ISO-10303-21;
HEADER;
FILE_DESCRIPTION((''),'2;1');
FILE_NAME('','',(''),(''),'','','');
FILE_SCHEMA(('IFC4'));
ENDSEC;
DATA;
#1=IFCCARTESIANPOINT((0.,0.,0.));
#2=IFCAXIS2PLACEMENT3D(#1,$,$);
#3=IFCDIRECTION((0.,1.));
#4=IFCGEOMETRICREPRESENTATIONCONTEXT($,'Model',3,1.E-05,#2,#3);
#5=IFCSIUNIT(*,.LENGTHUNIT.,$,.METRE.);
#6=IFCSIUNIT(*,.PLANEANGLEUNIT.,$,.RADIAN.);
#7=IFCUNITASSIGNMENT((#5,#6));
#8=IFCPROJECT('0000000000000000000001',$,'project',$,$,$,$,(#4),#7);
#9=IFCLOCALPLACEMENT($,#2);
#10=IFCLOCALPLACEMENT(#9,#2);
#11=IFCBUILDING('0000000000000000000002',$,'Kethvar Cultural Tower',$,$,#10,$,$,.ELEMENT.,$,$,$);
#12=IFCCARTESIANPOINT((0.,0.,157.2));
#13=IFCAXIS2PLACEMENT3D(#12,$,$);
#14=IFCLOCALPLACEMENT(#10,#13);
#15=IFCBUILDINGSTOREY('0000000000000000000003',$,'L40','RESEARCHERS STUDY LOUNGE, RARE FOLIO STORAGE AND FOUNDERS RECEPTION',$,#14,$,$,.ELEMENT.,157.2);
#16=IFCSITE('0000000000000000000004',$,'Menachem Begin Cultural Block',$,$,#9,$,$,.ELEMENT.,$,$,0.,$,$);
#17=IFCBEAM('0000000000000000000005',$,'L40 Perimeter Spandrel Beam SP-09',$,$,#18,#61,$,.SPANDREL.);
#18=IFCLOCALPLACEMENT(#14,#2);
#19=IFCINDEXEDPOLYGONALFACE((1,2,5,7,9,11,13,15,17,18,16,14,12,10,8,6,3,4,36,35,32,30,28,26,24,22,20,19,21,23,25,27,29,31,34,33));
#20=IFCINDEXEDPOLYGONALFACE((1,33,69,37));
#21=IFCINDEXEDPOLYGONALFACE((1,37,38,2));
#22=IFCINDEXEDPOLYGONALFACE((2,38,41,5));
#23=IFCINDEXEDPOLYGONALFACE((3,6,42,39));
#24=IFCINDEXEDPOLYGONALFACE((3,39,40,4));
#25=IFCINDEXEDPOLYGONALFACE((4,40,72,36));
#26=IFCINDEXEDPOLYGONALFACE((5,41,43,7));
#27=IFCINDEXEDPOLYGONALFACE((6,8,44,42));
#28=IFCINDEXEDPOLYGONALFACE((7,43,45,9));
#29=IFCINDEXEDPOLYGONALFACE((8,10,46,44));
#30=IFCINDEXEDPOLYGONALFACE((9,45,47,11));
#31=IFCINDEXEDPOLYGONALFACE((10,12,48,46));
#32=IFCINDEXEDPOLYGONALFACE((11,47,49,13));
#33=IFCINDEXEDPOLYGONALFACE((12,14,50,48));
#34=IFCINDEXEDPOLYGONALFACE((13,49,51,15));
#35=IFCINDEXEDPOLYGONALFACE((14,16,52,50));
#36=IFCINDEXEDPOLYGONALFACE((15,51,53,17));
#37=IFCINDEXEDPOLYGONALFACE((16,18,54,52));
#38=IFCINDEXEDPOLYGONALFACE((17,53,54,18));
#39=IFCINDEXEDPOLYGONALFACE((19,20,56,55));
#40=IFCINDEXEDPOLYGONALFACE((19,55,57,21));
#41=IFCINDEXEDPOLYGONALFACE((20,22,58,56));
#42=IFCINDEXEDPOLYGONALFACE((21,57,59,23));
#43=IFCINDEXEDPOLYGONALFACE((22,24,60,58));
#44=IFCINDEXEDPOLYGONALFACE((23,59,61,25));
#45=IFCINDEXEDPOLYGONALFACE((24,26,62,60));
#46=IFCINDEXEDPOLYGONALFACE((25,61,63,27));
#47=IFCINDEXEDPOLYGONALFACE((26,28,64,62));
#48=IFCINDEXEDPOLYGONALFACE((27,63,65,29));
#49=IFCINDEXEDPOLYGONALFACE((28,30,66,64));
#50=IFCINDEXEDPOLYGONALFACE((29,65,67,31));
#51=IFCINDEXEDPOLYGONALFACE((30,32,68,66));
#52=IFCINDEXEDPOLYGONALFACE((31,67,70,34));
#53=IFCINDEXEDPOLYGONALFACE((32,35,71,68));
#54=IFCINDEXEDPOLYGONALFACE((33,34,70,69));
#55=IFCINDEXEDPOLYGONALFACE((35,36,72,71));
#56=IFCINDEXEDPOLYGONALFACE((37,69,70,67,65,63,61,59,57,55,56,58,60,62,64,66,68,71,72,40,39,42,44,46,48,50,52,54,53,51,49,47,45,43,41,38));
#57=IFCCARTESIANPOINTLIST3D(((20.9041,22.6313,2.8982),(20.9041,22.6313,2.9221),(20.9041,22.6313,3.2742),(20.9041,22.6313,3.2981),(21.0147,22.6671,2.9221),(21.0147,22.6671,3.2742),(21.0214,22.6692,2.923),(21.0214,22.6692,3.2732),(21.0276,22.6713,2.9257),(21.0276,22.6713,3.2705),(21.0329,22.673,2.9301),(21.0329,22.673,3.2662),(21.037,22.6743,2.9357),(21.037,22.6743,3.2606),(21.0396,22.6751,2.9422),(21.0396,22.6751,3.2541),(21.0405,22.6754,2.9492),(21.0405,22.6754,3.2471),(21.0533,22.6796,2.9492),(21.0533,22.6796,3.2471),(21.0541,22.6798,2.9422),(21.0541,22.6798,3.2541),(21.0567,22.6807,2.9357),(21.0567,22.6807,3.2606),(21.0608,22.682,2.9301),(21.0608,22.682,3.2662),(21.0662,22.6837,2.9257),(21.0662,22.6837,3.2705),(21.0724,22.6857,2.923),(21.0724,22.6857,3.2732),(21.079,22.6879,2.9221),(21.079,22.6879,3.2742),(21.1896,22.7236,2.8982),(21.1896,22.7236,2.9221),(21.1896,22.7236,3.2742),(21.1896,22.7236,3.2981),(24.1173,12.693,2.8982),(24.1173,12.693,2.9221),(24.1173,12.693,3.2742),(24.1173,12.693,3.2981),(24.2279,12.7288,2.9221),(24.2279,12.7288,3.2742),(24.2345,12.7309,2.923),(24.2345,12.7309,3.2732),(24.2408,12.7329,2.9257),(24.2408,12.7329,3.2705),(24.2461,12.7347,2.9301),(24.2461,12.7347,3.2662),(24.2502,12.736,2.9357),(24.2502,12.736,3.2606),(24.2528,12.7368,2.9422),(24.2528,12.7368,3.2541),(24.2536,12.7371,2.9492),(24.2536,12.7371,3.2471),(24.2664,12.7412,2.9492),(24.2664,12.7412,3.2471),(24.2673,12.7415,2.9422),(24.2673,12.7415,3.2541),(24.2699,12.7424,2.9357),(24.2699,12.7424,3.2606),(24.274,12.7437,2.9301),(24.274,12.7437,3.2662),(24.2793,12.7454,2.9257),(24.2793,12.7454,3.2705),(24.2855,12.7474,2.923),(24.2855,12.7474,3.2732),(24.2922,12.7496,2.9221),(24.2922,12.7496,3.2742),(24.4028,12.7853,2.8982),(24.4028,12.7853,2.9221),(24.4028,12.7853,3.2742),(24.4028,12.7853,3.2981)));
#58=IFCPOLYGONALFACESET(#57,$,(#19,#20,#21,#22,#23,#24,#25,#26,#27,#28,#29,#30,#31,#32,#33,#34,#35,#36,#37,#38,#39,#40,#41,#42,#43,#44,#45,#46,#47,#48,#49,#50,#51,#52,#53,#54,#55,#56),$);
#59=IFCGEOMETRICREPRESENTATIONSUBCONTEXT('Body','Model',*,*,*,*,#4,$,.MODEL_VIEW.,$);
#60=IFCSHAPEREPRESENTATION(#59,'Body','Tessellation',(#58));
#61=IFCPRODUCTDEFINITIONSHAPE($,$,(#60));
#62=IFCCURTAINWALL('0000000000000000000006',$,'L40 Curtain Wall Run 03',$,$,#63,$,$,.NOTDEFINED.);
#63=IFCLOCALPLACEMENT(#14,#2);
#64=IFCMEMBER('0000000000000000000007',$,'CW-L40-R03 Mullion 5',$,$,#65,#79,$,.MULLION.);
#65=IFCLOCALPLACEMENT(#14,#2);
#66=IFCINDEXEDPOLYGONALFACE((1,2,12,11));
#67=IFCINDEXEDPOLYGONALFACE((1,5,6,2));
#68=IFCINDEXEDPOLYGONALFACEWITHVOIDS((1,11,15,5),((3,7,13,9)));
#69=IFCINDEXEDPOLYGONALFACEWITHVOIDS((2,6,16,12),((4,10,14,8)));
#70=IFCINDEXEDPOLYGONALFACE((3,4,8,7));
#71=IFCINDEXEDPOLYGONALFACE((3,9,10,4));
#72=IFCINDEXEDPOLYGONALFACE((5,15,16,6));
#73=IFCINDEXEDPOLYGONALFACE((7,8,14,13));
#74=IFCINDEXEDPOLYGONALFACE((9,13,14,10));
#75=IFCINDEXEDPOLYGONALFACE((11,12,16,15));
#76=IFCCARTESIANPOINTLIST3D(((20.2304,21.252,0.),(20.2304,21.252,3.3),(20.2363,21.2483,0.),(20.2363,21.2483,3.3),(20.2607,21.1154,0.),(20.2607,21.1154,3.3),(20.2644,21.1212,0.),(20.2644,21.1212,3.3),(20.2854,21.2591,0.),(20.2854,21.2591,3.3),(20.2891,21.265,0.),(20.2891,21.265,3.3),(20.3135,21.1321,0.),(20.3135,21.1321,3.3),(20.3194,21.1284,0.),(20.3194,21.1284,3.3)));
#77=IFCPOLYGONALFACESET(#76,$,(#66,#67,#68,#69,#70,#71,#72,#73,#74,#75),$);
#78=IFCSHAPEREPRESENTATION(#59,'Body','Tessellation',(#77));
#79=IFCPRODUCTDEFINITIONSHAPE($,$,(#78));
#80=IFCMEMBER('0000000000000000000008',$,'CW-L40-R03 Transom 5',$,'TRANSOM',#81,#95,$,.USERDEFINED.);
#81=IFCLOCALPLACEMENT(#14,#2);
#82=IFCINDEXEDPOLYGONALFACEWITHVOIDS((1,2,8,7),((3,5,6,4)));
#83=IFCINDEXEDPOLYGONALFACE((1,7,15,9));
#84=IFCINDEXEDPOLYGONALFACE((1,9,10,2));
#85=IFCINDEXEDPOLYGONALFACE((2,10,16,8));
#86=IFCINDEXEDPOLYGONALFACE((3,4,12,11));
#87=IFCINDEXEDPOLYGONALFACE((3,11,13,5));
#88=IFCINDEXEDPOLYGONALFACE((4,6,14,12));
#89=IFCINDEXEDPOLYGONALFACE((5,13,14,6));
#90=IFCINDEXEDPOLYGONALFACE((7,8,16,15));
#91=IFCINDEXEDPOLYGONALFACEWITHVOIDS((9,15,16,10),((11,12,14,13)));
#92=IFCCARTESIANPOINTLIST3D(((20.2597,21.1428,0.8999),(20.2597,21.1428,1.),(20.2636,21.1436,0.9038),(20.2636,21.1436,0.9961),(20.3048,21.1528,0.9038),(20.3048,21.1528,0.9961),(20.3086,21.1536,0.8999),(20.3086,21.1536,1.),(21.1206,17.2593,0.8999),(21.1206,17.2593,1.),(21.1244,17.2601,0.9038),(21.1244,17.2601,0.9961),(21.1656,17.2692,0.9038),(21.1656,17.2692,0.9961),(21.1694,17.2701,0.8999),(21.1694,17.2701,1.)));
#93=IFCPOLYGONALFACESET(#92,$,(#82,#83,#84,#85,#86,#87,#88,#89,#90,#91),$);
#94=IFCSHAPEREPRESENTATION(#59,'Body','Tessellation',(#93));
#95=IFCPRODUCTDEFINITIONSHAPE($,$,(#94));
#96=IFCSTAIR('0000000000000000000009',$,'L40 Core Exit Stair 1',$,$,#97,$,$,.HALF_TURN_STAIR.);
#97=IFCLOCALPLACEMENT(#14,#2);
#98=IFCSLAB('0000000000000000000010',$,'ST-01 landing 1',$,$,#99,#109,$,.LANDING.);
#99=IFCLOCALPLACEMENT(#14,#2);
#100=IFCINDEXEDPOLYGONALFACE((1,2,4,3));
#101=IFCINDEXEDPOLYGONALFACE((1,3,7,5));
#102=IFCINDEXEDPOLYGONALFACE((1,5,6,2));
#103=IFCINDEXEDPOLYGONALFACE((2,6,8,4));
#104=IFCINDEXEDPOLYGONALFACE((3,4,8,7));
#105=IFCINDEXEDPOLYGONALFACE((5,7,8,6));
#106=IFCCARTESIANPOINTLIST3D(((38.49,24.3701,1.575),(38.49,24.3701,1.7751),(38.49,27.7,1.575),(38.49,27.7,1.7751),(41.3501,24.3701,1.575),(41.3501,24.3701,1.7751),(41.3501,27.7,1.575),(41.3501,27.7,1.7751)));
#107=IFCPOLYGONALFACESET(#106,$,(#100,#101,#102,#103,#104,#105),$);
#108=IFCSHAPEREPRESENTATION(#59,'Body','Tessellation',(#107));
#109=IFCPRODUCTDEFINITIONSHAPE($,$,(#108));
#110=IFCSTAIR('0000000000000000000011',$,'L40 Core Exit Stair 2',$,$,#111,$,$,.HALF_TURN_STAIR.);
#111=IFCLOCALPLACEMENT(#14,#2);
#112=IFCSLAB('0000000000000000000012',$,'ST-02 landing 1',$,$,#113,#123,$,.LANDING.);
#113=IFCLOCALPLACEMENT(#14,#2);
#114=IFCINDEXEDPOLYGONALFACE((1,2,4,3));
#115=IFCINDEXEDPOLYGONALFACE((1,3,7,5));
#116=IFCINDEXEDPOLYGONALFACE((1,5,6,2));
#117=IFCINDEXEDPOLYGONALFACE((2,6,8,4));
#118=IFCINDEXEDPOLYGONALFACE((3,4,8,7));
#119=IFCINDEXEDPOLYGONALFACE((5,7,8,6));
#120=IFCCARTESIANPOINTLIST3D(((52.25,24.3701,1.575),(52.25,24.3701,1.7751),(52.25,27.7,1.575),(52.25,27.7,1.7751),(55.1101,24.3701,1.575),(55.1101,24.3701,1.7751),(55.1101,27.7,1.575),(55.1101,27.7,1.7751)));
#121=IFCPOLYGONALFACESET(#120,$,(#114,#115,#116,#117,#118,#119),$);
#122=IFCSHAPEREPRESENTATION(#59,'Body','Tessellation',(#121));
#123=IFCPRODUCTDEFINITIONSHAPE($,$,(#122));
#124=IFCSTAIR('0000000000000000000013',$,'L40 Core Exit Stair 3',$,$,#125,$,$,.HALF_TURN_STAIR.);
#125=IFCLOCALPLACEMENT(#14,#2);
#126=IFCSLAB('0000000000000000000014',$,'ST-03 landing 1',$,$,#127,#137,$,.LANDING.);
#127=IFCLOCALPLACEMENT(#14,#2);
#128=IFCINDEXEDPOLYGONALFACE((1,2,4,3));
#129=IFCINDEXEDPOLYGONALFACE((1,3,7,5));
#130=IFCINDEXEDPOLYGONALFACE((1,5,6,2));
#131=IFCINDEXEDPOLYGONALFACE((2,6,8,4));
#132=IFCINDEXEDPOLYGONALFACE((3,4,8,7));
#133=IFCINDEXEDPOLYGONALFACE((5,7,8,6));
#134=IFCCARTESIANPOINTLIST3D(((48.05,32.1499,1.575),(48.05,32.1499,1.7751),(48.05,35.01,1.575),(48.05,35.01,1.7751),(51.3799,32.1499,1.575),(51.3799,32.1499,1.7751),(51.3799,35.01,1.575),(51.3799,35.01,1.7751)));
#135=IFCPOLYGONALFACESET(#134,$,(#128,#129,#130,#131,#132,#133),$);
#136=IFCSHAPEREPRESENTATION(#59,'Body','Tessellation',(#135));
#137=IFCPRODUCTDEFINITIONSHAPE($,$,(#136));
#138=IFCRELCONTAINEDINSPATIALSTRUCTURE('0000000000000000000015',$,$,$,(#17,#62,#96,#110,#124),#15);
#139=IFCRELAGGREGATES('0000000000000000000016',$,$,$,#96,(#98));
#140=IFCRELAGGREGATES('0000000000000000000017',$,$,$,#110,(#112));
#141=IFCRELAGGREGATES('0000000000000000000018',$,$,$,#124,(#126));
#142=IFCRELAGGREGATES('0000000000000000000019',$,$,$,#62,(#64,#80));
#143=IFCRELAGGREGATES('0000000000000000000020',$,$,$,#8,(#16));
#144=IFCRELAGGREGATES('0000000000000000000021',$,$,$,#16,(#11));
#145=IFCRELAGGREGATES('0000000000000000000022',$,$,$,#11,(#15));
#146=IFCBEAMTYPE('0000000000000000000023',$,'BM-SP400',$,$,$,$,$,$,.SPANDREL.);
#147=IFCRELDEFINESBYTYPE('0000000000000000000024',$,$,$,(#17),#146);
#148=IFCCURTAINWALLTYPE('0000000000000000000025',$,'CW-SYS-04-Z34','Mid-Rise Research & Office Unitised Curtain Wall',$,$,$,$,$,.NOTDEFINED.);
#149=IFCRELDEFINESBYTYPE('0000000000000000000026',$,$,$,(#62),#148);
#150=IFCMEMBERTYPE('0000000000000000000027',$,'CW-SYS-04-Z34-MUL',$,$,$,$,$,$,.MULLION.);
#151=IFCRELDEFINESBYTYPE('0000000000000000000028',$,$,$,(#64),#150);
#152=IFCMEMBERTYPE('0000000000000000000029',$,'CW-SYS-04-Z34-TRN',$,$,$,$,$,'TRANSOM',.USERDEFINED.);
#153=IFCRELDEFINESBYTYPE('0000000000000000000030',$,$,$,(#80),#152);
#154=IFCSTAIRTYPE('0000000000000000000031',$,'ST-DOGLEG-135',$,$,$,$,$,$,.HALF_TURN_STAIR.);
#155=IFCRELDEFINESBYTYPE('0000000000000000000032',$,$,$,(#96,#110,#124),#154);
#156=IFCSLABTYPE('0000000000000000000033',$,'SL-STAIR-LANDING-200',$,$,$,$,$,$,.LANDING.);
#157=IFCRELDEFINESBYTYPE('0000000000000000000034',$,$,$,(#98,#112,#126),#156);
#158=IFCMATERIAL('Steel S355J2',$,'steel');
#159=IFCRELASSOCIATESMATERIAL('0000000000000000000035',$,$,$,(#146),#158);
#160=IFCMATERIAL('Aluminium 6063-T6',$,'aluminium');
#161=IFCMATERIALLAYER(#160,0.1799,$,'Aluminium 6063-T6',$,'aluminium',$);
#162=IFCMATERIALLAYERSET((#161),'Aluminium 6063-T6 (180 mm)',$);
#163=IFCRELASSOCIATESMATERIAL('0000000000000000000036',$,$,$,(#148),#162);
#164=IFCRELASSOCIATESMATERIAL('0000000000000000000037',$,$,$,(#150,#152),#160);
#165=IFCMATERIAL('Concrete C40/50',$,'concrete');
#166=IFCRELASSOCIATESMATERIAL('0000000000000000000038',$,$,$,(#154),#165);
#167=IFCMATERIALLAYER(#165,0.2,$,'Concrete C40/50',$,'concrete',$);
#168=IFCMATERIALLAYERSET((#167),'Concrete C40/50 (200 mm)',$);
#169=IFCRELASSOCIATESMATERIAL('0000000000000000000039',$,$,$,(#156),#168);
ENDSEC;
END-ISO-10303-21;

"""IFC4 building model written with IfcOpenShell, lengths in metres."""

from ifc_helpers import new_model, si_unit, direction, frame, origin, origin_2d, place, context, subcontext, project, spatial, polyline, hollow_rectangle, i_section, outline, extrude, source, transform, mapped, material, layer, layer_set, material_profile, profile_set, type_object, element, aggregate, save


model = new_model("IFC4")

# Units and contexts
model_context = context("Model", 3, precision=1e-05, world=origin(), true_north=direction((0.0, 1.0)))
body_context = subcontext(model_context, "Body", "Model", "MODEL_VIEW")
ifc_project = project(units=[si_unit("LENGTHUNIT", "METRE"), si_unit("PLANEANGLEUNIT", "RADIAN")], contexts=[model_context])

# Site, building, storey
site_placement = place(None, origin())
site = spatial("IfcSite", under=ifc_project, at=site_placement, Name="Menachem Begin Cultural Block", CompositionType="ELEMENT", RefElevation=0.0)
building_placement = place(site_placement, origin())
building = spatial("IfcBuilding", under=site, at=building_placement, Name="Kethvar Cultural Tower", CompositionType="ELEMENT")
storey_placement = place(building_placement, frame((0.0, 0.0, 157.2)))
storey = spatial("IfcBuildingStorey", under=building, at=storey_placement, Name="L40", Description="RESEARCHERS STUDY LOUNGE, RARE FOLIO STORAGE AND FOUNDERS RECEPTION", CompositionType="ELEMENT", Elevation=157.2)

# Beam
ifc_material_1 = material(Name="Steel S355J2", Category="steel")
ifc_material_profile_1 = material_profile(ifc_material_1, i_section(OverallWidth=0.3, OverallDepth=0.3999, WebThickness=0.0134, FlangeThickness=0.0239, FilletRadius=0.0271, at=origin_2d()), Name="Steel S355J2 — HEB400")
ifc_profile_set_1 = profile_set([ifc_material_profile_1], Name="Steel S355J2 — HEB400")
beam_type = type_object("IfcBeamType", Name="BM-SP400", PredefinedType="SPANDREL", material=ifc_profile_set_1)
shared_shape_1 = source(origin(), body_context, "Body", "SweptSolid", [
    extrude(i_section(OverallWidth=0.3, OverallDepth=0.3999, WebThickness=0.0134, FlangeThickness=0.0239, FilletRadius=0.0271, at=origin_2d()), origin(), (0.0, 0.0, 1.0), 10.4448),
])
beam_placement = place(storey_placement, frame((21.0469, 22.6775, 3.0981), z_axis=(0.307632, -0.951506, 0.0), x_axis=(0.951506, 0.307632, 0.0)))
element("IfcBeam", 1, at=beam_placement, inside=storey, type_object=beam_type, Name="L40 Perimeter Spandrel Beam SP-09", PredefinedType="SPANDREL", context=body_context, shape_type="MappedRepresentation", body=[
    mapped(shared_shape_1, transform((0.0, 0.0, 0.0), scale=1.0)),
])

# Curtain wall, members
ifc_material_2 = material(Name="Aluminium 6063-T6", Category="aluminium")
ifc_layer_1 = layer(ifc_material_2, 0.1799, Name="Aluminium 6063-T6", Category="aluminium")
ifc_layer_set_1 = layer_set([ifc_layer_1], Name="Aluminium 6063-T6 (180 mm)")
curtain_wall_type = type_object("IfcCurtainWallType", Name="CW-SYS-04-Z34", Description="Mid-Rise Research & Office Unitised Curtain Wall", PredefinedType="NOTDEFINED", material=ifc_layer_set_1)
curtain_wall_placement = place(storey_placement, origin())
curtain_wall = element("IfcCurtainWall", 2, at=curtain_wall_placement, inside=storey, type_object=curtain_wall_type, Name="L40 Curtain Wall Run 03", PredefinedType="NOTDEFINED")
ifc_material_profile_2 = material_profile(ifc_material_2, hollow_rectangle(XDim=0.0601, YDim=0.1399, WallThickness=0.0049, at=origin_2d()), Name="Aluminium 6063-T6 — RHS140x60x5")
ifc_profile_set_2 = profile_set([ifc_material_profile_2], Name="Aluminium 6063-T6 — RHS140x60x5")
member_type_1 = type_object("IfcMemberType", Name="CW-SYS-04-Z34-MUL", PredefinedType="MULLION", material=ifc_profile_set_2)
shared_shape_2 = source(origin(), body_context, "Body", "SweptSolid", [
    extrude(hollow_rectangle(XDim=0.0601, YDim=0.1399, WallThickness=0.0049, at=origin_2d()), origin(), (0.0, 0.0, 1.0), 3.3),
])
member_1_placement = place(storey_placement, frame((20.2749, 21.1902, 0.0), z_axis=(0.0, 0.0, 1.0), x_axis=(0.9763, 0.216423, 0.0)))
member_1 = element("IfcMember", 3, at=member_1_placement, type_object=member_type_1, Name="CW-L40-R03 Mullion 5", PredefinedType="MULLION", context=body_context, shape_type="MappedRepresentation", body=[
    mapped(shared_shape_2, transform((0.0, 0.0, 0.0), scale=1.0)),
])
ifc_material_profile_3 = material_profile(ifc_material_2, hollow_rectangle(XDim=0.05, YDim=0.1001, WallThickness=0.0039, at=origin_2d()), Name="Aluminium 6063-T6 — RHS100x50x4")
ifc_profile_set_3 = profile_set([ifc_material_profile_3], Name="Aluminium 6063-T6 — RHS100x50x4")
member_type_2 = type_object("IfcMemberType", Name="CW-SYS-04-Z34-TRN", ElementType="TRANSOM", PredefinedType="USERDEFINED", material=ifc_profile_set_3)
shared_shape_3 = source(origin(), body_context, "Body", "SweptSolid", [
    extrude(hollow_rectangle(XDim=0.05, YDim=0.1001, WallThickness=0.0039, at=origin_2d()), origin(), (0.0, 0.0, 1.0), 3.9778),
])
member_2_placement = place(storey_placement, frame((20.2842, 21.1482, 0.95), z_axis=(0.216411, -0.976302, 0.0), x_axis=(0.976302, 0.216411, 0.0)))
member_2 = element("IfcMember", 4, at=member_2_placement, type_object=member_type_2, Name="CW-L40-R03 Transom 5", ObjectType="TRANSOM", PredefinedType="USERDEFINED", context=body_context, shape_type="MappedRepresentation", body=[
    mapped(shared_shape_3, transform((0.0, 0.0, 0.0), scale=1.0)),
])

# Stairs, slabs
ifc_material_3 = material(Name="Concrete C40/50", Category="concrete")
stair_type = type_object("IfcStairType", Name="ST-DOGLEG-135", PredefinedType="HALF_TURN_STAIR", material=ifc_material_3)
stair_1_placement = place(storey_placement, origin())
stair_1 = element("IfcStair", 5, at=stair_1_placement, inside=storey, type_object=stair_type, Name="L40 Core Exit Stair 1", PredefinedType="HALF_TURN_STAIR")
ifc_layer_2 = layer(ifc_material_3, 0.2, Name="Concrete C40/50", Category="concrete")
ifc_layer_set_2 = layer_set([ifc_layer_2], Name="Concrete C40/50 (200 mm)")
slab_type_1 = type_object("IfcSlabType", Name="SL-STAIR-LANDING-200", PredefinedType="LANDING", material=ifc_layer_set_2)
slab_1_placement = place(storey_placement, frame((0.0, 0.0, 1.575)))
slab_1 = element("IfcSlab", 6, at=slab_1_placement, type_object=slab_type_1, Name="ST-01 landing 1", PredefinedType="LANDING", context=body_context, shape_type="SweptSolid", body=[
    extrude(outline(polyline([(41.3501, 24.3701), (41.3501, 27.7), (38.49, 27.7), (38.49, 24.3701), (41.3501, 24.3701)])), origin(), (0.0, 0.0, 1.0), 0.2002),
])
aggregate(stair_1, [slab_1])
stair_2_placement = place(storey_placement, origin())
stair_2 = element("IfcStair", 7, at=stair_2_placement, inside=storey, type_object=stair_type, Name="L40 Core Exit Stair 2", PredefinedType="HALF_TURN_STAIR")
slab_2_placement = place(storey_placement, frame((0.0, 0.0, 1.575)))
slab_2 = element("IfcSlab", 8, at=slab_2_placement, type_object=slab_type_1, Name="ST-02 landing 1", PredefinedType="LANDING", context=body_context, shape_type="SweptSolid", body=[
    extrude(outline(polyline([(55.1101, 24.3701), (55.1101, 27.7), (52.25, 27.7), (52.25, 24.3701), (55.1101, 24.3701)])), origin(), (0.0, 0.0, 1.0), 0.2002),
])
aggregate(stair_2, [slab_2])
stair_3_placement = place(storey_placement, origin())
stair_3 = element("IfcStair", 9, at=stair_3_placement, inside=storey, type_object=stair_type, Name="L40 Core Exit Stair 3", PredefinedType="HALF_TURN_STAIR")
slab_3_placement = place(storey_placement, frame((0.0, 0.0, 1.575)))
slab_3 = element("IfcSlab", 10, at=slab_3_placement, type_object=slab_type_1, Name="ST-03 landing 1", PredefinedType="LANDING", context=body_context, shape_type="SweptSolid", body=[
    extrude(outline(polyline([(51.3799, 35.01), (48.05, 35.01), (48.05, 32.1499), (51.3799, 32.1499), (51.3799, 35.01)])), origin(), (0.0, 0.0, 1.0), 0.2002),
])
aggregate(stair_3, [slab_3])

aggregate(curtain_wall, [member_1, member_2])

save(model, "model.ifc")
